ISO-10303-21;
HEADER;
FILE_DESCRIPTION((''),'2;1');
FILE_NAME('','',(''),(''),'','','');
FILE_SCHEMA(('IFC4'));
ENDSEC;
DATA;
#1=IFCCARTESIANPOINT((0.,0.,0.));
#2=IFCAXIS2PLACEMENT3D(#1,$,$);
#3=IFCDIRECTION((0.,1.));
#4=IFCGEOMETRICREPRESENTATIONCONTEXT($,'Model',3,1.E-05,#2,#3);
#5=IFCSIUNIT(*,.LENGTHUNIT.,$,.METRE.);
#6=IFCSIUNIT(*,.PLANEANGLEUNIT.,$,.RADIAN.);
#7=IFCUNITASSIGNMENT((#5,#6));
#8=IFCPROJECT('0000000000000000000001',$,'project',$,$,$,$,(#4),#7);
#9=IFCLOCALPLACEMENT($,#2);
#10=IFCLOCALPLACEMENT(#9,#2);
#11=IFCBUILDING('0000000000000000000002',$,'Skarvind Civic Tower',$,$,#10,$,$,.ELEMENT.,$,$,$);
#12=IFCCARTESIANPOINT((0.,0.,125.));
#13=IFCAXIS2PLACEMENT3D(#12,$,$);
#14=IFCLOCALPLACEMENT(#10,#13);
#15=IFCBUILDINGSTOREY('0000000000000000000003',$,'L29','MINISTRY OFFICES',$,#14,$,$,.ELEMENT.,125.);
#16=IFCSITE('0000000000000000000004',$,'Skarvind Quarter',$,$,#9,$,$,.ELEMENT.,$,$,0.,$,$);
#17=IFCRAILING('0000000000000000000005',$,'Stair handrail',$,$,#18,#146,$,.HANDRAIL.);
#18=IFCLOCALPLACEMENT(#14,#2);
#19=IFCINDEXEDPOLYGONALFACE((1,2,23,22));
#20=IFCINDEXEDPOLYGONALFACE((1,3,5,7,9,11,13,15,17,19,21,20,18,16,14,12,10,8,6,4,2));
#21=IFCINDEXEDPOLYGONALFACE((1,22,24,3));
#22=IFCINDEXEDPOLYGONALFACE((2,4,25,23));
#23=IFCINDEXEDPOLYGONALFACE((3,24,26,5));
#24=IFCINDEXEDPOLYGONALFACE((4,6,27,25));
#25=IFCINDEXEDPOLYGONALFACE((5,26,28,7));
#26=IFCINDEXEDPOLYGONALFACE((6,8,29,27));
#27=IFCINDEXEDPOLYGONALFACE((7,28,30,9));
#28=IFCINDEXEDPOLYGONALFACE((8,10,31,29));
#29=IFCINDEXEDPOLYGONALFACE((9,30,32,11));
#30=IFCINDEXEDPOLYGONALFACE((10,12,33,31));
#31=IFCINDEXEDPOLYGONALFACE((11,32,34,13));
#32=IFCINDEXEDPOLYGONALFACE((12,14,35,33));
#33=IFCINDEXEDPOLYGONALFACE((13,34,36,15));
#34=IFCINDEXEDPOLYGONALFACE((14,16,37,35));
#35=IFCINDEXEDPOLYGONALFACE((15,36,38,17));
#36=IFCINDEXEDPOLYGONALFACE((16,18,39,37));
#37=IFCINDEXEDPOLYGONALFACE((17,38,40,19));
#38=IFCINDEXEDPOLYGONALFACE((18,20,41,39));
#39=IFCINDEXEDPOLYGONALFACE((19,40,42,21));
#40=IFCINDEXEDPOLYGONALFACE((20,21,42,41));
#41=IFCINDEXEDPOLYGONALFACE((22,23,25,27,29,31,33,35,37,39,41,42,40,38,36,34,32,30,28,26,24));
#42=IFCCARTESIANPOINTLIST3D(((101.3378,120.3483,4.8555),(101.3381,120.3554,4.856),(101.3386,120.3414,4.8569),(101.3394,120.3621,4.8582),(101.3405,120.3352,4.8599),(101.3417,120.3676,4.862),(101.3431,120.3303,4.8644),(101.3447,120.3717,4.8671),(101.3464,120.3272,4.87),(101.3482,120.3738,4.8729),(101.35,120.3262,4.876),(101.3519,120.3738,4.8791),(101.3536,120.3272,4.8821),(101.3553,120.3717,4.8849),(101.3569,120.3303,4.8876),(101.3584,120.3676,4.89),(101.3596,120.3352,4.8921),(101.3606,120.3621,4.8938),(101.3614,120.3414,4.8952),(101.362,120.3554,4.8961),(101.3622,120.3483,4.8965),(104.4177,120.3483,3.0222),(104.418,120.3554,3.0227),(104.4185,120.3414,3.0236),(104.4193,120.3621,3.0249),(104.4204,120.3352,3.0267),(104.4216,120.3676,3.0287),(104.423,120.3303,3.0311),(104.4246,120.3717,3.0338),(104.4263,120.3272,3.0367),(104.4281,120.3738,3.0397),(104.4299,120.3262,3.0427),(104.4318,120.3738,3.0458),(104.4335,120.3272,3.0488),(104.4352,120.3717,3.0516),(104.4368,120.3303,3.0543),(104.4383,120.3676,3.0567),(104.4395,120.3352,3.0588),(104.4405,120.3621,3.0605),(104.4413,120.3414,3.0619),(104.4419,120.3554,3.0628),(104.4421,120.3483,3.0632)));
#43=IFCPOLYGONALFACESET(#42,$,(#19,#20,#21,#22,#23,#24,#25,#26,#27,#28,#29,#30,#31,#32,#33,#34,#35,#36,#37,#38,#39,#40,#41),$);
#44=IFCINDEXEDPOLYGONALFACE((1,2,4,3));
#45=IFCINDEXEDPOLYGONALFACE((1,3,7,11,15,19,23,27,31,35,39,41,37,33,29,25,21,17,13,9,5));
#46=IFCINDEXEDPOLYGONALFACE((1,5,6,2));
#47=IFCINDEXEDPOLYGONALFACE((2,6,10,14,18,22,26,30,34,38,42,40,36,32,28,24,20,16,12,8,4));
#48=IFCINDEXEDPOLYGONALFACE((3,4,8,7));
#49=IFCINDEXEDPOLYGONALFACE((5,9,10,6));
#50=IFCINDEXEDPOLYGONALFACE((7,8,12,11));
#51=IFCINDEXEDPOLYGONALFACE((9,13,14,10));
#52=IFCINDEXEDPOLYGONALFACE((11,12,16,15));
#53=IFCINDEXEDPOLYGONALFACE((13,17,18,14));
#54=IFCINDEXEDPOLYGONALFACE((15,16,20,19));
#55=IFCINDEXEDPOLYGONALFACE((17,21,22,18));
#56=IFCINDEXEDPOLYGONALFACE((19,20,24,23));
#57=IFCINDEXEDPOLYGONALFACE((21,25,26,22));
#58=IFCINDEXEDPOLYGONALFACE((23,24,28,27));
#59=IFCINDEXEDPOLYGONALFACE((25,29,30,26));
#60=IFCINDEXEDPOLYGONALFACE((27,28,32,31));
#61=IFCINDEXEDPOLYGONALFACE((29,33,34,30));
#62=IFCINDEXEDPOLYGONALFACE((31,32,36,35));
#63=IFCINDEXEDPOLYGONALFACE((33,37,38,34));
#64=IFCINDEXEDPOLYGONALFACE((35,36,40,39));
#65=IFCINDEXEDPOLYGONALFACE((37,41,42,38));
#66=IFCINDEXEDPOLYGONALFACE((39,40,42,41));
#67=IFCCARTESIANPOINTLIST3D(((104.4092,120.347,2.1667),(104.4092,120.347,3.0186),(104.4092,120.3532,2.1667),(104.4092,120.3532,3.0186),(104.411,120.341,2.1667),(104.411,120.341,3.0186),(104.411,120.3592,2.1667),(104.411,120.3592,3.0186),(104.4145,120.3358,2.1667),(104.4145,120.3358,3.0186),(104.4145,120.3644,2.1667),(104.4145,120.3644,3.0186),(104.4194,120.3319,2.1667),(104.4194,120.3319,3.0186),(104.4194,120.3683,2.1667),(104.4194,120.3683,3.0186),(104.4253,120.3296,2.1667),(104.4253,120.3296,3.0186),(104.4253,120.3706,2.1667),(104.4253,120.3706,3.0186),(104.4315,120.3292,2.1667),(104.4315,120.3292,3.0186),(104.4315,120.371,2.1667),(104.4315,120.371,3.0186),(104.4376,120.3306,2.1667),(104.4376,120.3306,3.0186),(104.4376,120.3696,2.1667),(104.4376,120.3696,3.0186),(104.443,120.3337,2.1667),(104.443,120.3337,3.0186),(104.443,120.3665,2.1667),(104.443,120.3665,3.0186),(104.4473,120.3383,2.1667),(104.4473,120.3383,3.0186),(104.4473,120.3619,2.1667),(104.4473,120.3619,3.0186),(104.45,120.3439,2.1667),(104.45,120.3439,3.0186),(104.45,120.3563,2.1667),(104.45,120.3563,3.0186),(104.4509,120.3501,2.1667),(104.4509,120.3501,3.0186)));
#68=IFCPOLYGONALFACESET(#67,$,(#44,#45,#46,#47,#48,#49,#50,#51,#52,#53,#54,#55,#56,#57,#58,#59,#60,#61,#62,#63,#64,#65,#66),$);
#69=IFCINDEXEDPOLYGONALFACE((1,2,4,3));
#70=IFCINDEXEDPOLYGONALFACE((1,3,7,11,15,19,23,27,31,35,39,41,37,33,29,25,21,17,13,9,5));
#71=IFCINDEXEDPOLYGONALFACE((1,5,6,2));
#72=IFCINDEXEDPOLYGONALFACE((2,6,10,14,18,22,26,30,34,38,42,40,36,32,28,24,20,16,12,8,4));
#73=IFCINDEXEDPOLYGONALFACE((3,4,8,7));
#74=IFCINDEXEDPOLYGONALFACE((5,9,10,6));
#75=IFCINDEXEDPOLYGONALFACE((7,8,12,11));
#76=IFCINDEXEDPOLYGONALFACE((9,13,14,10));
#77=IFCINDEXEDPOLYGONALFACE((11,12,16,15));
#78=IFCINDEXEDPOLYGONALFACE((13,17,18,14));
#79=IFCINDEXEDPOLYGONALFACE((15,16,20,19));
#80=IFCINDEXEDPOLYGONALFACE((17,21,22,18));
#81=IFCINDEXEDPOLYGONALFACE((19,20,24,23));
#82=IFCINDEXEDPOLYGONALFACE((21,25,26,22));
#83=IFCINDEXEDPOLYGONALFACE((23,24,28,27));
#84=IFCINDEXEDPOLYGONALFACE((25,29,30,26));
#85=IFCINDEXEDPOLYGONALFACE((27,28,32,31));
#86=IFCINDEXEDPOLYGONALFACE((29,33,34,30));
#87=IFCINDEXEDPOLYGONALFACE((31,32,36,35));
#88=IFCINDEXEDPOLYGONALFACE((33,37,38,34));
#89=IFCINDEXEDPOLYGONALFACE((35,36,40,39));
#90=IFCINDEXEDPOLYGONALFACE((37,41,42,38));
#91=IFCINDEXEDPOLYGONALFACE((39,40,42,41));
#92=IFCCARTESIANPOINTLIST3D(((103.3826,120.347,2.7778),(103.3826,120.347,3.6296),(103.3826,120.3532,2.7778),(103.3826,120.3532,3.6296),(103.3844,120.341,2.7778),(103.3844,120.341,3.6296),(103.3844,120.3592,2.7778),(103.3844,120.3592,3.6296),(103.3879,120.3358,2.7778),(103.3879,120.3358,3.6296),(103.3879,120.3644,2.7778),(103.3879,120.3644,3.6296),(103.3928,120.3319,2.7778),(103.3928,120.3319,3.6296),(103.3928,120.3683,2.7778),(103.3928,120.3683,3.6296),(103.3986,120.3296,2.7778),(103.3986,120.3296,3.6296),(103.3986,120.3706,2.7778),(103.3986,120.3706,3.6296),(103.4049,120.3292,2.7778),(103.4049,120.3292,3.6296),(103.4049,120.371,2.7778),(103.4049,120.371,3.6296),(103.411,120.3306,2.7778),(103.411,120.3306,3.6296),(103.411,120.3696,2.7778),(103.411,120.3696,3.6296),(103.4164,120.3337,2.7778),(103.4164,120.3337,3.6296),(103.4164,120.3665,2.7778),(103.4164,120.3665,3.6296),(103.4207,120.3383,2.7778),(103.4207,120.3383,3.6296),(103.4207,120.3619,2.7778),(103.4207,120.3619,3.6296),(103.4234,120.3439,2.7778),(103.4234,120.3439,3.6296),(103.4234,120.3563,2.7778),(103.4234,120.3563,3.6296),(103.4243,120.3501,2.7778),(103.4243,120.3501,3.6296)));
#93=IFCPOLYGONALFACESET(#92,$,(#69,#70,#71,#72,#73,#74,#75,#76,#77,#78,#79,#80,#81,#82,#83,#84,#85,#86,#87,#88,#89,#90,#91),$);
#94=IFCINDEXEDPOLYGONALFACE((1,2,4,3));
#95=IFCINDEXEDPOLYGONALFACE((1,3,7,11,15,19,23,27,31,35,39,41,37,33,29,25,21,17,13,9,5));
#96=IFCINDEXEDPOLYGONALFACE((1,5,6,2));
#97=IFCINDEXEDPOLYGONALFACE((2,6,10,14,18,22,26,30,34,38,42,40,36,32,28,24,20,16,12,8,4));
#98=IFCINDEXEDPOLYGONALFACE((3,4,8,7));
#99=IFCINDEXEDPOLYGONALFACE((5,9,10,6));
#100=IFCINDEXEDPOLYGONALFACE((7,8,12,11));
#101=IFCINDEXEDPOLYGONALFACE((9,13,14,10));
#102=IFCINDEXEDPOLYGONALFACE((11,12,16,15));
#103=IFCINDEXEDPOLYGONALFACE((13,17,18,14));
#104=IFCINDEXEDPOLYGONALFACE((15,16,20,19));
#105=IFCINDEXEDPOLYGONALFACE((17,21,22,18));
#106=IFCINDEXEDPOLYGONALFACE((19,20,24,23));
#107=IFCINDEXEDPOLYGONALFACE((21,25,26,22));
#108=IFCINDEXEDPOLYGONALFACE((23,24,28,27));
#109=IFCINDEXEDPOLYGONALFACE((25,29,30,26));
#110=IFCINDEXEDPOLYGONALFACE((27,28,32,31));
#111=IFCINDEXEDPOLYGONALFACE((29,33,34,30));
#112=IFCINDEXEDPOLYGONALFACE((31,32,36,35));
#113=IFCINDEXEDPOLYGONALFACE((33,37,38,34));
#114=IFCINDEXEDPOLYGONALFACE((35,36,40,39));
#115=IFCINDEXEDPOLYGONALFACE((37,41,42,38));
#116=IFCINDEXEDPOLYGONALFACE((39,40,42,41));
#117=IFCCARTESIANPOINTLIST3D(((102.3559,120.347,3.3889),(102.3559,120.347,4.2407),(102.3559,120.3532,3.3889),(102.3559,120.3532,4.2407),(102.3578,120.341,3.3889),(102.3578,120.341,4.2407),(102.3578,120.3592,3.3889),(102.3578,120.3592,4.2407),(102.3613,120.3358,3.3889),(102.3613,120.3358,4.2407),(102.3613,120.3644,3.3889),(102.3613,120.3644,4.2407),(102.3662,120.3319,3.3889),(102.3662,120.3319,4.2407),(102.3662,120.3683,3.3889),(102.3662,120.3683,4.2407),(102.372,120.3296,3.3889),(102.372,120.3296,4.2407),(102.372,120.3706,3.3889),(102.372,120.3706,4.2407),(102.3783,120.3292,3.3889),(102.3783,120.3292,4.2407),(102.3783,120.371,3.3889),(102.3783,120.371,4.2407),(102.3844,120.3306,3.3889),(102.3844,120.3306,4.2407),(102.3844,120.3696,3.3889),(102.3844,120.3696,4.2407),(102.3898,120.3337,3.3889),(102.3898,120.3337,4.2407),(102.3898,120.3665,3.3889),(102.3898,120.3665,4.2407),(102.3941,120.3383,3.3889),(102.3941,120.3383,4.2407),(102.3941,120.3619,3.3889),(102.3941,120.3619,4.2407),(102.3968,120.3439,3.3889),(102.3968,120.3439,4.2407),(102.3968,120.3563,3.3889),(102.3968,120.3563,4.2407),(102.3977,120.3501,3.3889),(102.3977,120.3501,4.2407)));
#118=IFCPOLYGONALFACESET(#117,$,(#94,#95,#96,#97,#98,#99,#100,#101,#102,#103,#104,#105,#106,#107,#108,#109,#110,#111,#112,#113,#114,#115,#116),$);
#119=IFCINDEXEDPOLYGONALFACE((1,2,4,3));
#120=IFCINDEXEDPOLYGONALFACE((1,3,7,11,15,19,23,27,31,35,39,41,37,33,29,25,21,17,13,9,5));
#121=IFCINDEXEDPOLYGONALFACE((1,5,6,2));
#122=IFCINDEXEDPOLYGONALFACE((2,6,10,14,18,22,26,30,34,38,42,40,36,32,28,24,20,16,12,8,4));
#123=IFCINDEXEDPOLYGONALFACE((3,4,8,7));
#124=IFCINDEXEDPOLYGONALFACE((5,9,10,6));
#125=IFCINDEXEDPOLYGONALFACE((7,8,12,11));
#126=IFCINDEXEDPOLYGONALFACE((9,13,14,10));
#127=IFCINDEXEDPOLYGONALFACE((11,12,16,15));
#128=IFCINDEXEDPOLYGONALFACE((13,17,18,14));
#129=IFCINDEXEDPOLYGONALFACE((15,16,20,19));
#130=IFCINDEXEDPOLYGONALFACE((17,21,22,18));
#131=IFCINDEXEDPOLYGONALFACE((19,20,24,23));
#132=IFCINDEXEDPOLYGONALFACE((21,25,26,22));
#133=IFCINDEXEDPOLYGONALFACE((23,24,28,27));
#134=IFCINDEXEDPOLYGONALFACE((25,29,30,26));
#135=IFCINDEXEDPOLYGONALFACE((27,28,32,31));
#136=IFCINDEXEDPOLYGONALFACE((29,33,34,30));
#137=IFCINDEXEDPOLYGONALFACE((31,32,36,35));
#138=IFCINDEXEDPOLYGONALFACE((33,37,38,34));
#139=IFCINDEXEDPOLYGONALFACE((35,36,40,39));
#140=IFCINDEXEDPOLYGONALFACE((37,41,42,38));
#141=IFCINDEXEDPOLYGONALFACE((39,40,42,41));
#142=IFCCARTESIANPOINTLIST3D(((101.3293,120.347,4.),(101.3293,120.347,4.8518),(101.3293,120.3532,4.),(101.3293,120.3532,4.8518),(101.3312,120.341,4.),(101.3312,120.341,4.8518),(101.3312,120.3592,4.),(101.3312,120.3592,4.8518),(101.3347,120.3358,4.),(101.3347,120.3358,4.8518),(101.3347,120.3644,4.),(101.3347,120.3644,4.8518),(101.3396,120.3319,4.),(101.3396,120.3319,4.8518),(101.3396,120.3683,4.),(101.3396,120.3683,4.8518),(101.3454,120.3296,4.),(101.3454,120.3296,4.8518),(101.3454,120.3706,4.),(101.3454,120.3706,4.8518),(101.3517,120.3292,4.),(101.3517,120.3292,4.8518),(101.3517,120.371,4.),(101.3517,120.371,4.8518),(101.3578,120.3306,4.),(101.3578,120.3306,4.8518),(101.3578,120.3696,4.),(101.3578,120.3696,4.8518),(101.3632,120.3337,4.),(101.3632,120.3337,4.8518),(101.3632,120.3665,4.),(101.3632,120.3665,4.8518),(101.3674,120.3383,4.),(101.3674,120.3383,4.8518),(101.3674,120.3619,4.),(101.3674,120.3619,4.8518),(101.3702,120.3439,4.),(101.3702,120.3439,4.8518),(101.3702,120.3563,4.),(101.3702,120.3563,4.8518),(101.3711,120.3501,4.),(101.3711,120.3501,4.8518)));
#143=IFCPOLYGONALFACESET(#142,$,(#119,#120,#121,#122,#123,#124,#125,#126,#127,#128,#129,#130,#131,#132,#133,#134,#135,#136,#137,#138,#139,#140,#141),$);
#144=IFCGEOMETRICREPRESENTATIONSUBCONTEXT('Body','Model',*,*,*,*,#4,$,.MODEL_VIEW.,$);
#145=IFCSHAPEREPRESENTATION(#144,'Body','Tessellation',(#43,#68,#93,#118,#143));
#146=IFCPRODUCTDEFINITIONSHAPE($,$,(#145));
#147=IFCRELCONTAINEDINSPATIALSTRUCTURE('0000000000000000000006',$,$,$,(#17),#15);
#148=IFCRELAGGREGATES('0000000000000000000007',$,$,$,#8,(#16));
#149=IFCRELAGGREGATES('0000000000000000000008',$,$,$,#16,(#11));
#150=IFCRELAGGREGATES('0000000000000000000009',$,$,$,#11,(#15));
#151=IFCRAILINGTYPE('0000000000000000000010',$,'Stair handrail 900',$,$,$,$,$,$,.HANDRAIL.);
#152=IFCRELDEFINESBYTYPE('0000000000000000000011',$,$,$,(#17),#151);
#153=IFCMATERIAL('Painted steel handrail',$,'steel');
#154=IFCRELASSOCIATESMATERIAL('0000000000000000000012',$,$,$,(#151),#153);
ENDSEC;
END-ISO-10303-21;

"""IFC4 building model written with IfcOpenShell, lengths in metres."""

from ifc_helpers import new_model, si_unit, direction, frame, origin, origin_2d, place, context, subcontext, project, spatial, circle, extrude, material, type_object, element, save


model = new_model("IFC4")

# Units and contexts
model_context = context("Model", 3, precision=1e-05, world=origin(), true_north=direction((0.0, 1.0)))
body_context = subcontext(model_context, "Body", "Model", "MODEL_VIEW")
ifc_project = project(units=[si_unit("LENGTHUNIT", "METRE"), si_unit("PLANEANGLEUNIT", "RADIAN")], contexts=[model_context])

# Site, building, storey
site_placement = place(None, origin())
site = spatial("IfcSite", under=ifc_project, at=site_placement, Name="Skarvind Quarter", CompositionType="ELEMENT", RefElevation=0.0)
building_placement = place(site_placement, origin())
building = spatial("IfcBuilding", under=site, at=building_placement, Name="Skarvind Civic Tower", CompositionType="ELEMENT")
storey_placement = place(building_placement, frame((0.0, 0.0, 125.0)))
storey = spatial("IfcBuildingStorey", under=building, at=storey_placement, Name="L29", Description="MINISTRY OFFICES", CompositionType="ELEMENT", Elevation=125.0)

# Railing
ifc_material_1 = material(Name="Painted steel handrail", Category="steel")
railing_type = type_object("IfcRailingType", Name="Stair handrail 900", PredefinedType="HANDRAIL", material=ifc_material_1)
railing_1_placement = place(storey_placement, frame((104.4299, 120.3501, 2.1667)))
element("IfcRailing", 1, at=railing_1_placement, inside=storey, type_object=railing_type, Name="Stair handrail", PredefinedType="HANDRAIL", context=body_context, shape_type="SweptSolid", body=[
    extrude(circle(Radius=0.0239, at=origin_2d()), frame((0.0, 0.0, 0.876), z_axis=(-0.859291, 0.0, 0.511487), x_axis=(0.0, -1.0, 0.0)), (0.0, 0.0, 1.0), 3.5842),
    extrude(circle(Radius=0.021, at=origin_2d()), origin(), (0.0, 0.0, 1.0), 0.8518),
    extrude(circle(Radius=0.021, at=origin_2d()), frame((-1.0266, 0.0, 0.6111)), (0.0, 0.0, 1.0), 0.8518),
    extrude(circle(Radius=0.021, at=origin_2d()), frame((-2.0532, 0.0, 1.2222)), (0.0, 0.0, 1.0), 0.8518),
    extrude(circle(Radius=0.021, at=origin_2d()), frame((-3.0798, 0.0, 1.8333)), (0.0, 0.0, 1.0), 0.8518),
])

save(model, "model.ifc")
